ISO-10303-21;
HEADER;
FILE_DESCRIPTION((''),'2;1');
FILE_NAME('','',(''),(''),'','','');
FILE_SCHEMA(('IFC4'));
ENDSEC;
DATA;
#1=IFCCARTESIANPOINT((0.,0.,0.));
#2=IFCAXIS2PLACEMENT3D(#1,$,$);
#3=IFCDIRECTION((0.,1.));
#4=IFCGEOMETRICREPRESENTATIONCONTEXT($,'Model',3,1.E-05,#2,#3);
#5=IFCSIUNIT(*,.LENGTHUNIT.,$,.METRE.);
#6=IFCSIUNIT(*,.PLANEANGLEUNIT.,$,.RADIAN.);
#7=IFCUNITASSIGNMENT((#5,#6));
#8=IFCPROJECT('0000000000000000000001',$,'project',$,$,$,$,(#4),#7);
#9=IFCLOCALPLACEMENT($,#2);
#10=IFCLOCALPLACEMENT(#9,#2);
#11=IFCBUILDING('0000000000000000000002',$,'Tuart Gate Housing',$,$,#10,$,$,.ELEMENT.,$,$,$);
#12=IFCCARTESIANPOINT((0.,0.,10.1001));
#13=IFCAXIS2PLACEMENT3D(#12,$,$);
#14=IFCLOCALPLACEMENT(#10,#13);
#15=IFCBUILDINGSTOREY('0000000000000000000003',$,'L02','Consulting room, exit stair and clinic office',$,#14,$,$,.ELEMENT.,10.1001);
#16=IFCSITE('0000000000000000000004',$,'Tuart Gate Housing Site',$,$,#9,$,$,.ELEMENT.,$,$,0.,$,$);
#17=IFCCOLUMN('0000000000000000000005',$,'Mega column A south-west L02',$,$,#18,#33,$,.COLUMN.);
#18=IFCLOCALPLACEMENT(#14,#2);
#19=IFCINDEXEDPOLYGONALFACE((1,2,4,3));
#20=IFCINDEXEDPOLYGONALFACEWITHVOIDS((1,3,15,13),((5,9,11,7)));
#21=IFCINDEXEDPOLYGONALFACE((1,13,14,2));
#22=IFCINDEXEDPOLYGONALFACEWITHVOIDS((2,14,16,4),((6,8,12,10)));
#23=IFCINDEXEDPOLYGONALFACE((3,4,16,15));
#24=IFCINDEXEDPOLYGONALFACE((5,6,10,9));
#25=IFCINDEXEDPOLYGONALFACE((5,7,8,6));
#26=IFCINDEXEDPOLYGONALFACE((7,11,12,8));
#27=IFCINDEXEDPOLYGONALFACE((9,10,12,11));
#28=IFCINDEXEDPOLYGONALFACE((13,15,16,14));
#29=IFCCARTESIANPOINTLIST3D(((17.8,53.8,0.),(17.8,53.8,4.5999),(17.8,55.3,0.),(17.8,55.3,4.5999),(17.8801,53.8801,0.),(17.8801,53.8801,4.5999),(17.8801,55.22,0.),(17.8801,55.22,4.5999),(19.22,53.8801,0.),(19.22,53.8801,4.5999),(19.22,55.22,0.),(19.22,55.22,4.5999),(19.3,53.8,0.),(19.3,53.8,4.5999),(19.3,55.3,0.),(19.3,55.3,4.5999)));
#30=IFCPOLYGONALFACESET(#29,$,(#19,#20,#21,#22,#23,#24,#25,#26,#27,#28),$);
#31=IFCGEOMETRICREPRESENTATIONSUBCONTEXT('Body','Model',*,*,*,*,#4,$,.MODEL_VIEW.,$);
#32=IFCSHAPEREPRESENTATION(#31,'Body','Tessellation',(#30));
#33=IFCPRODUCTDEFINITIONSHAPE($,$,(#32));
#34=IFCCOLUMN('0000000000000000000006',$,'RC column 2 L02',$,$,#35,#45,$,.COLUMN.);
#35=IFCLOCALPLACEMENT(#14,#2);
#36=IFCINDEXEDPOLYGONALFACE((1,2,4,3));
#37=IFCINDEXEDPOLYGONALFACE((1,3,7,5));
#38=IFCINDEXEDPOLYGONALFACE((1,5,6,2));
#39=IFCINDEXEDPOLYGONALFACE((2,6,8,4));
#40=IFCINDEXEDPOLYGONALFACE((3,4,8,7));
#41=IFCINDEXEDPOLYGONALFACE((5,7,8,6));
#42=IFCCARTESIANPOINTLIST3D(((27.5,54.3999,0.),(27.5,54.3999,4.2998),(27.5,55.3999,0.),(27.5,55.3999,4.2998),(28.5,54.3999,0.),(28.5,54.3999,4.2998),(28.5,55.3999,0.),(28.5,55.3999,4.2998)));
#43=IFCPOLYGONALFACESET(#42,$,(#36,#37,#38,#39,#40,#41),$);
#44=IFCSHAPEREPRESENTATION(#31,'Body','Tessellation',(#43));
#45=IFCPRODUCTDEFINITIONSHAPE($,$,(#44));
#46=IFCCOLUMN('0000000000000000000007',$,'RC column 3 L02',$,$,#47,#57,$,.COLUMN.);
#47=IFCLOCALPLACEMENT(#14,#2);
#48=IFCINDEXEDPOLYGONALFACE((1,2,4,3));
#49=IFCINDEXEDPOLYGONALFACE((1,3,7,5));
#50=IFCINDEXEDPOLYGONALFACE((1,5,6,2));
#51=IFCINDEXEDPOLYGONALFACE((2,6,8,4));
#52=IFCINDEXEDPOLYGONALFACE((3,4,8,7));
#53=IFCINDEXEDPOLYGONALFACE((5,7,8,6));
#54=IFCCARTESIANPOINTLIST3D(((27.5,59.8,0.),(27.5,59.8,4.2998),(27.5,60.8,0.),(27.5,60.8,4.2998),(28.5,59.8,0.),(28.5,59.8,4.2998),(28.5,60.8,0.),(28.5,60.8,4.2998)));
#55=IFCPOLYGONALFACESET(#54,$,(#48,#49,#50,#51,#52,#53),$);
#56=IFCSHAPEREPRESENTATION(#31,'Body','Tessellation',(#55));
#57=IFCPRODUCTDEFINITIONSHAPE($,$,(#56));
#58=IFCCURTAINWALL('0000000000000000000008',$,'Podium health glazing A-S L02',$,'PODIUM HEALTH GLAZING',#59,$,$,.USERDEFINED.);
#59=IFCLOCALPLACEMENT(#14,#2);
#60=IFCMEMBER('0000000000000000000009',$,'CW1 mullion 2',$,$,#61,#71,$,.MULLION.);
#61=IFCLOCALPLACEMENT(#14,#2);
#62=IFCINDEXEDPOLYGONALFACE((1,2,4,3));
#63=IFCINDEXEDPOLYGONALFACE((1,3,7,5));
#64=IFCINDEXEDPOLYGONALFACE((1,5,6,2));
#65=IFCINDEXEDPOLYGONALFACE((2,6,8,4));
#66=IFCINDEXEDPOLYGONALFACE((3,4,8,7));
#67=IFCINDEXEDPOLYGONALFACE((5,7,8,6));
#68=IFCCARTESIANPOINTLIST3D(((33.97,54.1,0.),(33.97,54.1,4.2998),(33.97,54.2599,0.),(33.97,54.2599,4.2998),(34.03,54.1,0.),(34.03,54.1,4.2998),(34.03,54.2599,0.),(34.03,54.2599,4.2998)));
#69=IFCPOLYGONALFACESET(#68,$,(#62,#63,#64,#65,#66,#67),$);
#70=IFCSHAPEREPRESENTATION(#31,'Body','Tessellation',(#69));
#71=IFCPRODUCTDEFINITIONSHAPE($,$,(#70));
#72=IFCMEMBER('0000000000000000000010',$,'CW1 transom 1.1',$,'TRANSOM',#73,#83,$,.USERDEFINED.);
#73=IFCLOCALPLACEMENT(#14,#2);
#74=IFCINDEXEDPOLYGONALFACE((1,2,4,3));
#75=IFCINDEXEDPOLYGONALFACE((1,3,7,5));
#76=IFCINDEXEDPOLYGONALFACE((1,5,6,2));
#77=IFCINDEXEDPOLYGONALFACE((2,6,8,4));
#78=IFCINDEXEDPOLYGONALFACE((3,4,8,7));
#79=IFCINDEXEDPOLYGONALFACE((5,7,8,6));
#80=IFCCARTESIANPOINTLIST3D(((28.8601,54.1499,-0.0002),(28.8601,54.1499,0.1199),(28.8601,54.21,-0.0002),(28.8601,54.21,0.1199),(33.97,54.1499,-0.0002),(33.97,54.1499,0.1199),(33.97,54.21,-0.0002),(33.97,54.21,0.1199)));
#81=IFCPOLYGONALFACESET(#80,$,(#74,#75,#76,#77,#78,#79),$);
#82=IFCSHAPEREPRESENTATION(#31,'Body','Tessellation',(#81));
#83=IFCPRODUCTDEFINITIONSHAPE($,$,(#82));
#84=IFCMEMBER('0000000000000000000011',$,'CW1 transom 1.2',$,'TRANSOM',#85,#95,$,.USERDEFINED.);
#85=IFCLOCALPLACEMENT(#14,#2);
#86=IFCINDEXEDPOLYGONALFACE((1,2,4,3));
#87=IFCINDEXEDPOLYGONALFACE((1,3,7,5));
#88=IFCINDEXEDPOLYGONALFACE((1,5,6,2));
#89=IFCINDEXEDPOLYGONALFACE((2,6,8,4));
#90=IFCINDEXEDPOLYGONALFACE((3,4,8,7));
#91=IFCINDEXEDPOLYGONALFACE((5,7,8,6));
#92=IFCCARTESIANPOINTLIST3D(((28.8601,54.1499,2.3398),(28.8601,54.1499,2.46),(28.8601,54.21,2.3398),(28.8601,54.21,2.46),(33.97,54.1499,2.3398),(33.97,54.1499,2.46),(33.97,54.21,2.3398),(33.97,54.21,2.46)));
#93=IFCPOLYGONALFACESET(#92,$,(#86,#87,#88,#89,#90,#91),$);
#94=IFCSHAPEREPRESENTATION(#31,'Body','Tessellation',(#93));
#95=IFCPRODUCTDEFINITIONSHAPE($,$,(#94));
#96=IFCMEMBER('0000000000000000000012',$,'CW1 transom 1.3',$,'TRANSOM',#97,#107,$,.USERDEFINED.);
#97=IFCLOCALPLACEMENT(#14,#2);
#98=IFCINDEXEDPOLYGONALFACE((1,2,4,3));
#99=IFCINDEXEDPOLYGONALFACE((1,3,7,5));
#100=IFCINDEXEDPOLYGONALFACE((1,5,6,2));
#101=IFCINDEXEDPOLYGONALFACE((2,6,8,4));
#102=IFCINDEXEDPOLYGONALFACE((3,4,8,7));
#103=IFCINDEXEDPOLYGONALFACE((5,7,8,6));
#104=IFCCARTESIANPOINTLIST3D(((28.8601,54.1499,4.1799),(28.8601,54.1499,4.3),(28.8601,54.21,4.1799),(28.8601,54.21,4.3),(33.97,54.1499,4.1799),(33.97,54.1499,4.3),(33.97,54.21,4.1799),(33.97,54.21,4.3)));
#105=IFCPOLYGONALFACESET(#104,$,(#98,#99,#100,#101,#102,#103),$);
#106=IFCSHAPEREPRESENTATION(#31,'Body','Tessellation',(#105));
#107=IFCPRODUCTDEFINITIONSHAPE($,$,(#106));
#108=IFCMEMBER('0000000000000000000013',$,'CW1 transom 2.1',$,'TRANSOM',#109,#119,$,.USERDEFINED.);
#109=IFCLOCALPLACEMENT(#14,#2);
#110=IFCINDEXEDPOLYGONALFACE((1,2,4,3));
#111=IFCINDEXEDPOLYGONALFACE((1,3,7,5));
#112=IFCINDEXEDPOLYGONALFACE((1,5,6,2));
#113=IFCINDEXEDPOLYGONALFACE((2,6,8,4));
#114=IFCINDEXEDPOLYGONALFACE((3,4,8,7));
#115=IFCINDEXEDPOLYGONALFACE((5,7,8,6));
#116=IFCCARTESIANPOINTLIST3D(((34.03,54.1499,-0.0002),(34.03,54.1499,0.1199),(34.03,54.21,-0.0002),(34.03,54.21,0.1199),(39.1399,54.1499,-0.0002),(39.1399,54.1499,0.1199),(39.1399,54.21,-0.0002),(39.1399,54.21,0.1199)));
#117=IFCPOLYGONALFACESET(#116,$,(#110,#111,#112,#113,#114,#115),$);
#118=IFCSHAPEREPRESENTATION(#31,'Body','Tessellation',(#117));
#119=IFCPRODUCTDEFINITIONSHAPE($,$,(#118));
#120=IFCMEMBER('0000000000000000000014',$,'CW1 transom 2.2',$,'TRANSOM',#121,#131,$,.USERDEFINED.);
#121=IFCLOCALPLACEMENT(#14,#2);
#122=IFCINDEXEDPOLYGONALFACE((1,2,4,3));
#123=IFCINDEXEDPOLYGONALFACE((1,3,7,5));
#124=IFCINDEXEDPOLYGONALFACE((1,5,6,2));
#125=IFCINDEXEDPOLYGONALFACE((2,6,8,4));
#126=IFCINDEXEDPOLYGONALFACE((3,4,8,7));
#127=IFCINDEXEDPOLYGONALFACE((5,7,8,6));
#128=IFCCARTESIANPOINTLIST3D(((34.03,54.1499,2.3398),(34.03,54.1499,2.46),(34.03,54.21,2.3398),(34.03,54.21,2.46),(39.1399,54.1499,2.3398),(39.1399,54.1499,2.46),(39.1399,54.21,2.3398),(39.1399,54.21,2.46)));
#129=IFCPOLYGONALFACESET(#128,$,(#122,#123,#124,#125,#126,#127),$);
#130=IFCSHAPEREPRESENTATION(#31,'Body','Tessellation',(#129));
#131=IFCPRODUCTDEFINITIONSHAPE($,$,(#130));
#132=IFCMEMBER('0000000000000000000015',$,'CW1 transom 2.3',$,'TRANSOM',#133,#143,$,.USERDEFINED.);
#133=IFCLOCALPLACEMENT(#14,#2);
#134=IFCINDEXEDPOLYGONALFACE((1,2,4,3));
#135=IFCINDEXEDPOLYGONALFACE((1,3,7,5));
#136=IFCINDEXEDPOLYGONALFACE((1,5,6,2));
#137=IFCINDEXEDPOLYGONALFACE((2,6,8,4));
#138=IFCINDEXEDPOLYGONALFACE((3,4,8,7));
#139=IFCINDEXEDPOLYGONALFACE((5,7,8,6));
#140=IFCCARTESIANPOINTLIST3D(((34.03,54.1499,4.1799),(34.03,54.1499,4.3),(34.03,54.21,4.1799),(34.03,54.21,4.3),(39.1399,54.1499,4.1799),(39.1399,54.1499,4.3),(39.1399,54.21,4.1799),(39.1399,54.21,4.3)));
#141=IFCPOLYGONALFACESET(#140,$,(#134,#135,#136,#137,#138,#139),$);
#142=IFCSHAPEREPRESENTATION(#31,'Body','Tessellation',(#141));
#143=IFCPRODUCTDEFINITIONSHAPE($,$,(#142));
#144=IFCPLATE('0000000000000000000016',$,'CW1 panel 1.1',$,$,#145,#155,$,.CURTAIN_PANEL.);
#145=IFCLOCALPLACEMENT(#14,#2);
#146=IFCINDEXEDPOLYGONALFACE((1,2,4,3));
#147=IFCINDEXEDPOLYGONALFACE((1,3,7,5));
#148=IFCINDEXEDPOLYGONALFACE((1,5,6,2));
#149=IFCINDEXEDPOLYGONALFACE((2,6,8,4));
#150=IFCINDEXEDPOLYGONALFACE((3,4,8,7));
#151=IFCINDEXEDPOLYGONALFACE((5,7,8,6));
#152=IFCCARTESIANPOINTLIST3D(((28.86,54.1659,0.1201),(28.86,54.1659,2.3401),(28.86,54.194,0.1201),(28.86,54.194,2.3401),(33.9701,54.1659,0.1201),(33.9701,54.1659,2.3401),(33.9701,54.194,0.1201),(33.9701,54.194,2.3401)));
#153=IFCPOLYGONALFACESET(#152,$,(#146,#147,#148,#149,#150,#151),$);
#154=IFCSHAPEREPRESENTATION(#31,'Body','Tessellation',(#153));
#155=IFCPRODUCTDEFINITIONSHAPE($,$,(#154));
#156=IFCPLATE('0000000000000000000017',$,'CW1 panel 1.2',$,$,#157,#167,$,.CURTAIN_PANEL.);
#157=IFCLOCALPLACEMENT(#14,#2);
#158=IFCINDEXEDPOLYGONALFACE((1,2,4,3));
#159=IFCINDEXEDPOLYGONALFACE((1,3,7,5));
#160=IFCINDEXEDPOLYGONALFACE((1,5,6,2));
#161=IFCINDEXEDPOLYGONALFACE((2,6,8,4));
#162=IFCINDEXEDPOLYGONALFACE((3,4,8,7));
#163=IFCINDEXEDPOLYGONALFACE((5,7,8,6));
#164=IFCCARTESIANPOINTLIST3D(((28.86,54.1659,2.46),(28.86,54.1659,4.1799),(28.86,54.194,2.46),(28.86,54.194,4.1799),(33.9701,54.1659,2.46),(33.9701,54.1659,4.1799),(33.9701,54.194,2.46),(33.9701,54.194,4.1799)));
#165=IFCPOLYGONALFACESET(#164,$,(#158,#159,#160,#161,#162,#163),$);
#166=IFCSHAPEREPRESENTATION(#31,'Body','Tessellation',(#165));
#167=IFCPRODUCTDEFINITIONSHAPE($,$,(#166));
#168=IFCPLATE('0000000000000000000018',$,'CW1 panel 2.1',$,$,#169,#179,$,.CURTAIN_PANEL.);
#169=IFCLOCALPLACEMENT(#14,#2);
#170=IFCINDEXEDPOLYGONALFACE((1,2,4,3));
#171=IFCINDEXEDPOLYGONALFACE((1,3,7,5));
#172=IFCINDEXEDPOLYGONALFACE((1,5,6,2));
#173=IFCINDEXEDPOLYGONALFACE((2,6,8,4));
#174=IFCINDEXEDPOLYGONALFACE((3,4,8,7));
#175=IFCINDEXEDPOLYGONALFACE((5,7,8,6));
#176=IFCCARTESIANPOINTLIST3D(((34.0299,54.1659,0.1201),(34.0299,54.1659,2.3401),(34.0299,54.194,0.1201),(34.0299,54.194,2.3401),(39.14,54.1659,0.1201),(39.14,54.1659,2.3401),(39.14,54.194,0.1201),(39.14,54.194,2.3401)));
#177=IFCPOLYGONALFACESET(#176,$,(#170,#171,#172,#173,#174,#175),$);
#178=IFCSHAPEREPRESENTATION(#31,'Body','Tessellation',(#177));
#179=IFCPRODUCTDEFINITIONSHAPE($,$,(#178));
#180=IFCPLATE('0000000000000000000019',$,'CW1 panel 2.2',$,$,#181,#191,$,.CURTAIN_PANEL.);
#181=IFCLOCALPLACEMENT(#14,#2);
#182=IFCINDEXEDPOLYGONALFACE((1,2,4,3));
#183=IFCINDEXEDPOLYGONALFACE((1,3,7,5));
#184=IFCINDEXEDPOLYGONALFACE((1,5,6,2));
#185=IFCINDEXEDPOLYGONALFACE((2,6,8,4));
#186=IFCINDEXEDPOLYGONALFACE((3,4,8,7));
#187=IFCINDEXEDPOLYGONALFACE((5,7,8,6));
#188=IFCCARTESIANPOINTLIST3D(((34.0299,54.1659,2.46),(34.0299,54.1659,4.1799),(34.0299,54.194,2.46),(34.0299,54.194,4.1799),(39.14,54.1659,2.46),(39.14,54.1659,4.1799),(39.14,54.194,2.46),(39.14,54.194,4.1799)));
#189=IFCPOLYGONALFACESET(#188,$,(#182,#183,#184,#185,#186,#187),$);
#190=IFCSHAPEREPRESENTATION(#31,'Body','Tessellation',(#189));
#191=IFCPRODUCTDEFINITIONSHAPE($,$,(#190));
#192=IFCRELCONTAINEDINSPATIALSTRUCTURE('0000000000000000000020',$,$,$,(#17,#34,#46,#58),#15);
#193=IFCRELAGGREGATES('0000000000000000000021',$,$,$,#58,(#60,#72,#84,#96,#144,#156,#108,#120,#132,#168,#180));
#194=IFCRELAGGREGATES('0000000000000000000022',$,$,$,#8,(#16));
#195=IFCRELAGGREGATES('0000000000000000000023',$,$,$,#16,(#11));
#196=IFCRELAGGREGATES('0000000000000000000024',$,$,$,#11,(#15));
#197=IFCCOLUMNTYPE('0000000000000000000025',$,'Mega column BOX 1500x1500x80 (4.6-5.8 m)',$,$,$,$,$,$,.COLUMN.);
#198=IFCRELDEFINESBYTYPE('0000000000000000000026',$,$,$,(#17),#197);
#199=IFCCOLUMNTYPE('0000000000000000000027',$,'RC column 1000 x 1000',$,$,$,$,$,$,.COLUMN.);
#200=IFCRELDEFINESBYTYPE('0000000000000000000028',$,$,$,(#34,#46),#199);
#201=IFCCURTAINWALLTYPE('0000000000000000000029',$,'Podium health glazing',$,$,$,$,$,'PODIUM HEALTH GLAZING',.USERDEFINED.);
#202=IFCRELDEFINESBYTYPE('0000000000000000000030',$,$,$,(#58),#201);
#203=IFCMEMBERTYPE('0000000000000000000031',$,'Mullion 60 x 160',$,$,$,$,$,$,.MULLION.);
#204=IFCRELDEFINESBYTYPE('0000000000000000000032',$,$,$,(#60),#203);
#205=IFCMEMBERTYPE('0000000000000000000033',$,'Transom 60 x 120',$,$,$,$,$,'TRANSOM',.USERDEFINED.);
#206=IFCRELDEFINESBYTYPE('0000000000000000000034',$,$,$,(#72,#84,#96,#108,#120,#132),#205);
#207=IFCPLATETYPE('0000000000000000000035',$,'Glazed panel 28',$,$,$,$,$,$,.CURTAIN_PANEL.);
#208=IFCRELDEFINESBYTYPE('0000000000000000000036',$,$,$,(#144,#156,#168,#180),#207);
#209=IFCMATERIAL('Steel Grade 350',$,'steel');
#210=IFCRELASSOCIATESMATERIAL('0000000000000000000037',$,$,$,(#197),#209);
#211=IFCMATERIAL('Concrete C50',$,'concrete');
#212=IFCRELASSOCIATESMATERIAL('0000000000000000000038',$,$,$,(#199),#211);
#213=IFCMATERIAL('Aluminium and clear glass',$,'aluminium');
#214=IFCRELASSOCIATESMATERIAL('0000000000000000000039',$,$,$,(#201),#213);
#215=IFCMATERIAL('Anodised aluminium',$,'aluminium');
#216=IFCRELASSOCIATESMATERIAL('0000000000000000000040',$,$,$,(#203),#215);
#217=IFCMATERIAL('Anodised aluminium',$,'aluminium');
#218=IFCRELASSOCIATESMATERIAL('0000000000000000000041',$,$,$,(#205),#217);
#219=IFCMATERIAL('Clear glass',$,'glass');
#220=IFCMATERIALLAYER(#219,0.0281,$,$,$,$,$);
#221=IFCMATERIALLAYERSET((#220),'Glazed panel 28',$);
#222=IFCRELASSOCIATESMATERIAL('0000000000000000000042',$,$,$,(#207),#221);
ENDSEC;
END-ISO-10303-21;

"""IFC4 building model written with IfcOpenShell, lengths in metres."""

from ifc_helpers import new_model, si_unit, direction, frame, origin, origin_2d, place, context, subcontext, project, spatial, rectangle, hollow_rectangle, extrude, material, layer, layer_set, material_profile, profile_set, type_object, element, aggregate, save


model = new_model("IFC4")

# Units and contexts
model_context = context("Model", 3, precision=1e-05, world=origin(), true_north=direction((0.0, 1.0)))
body_context = subcontext(model_context, "Body", "Model", "MODEL_VIEW")
ifc_project = project(units=[si_unit("LENGTHUNIT", "METRE"), si_unit("PLANEANGLEUNIT", "RADIAN")], contexts=[model_context])

# Site, building, storey
site_placement = place(None, origin())
site = spatial("IfcSite", under=ifc_project, at=site_placement, Name="Tuart Gate Housing Site", CompositionType="ELEMENT", RefElevation=0.0)
building_placement = place(site_placement, origin())
building = spatial("IfcBuilding", under=site, at=building_placement, Name="Tuart Gate Housing", CompositionType="ELEMENT")
storey_placement = place(building_placement, frame((0.0, 0.0, 10.1001)))
storey = spatial("IfcBuildingStorey", under=building, at=storey_placement, Name="L02", Description="Consulting room, exit stair and clinic office", CompositionType="ELEMENT", Elevation=10.1001)

# Columns
ifc_material_1 = material(Name="Steel Grade 350", Category="steel")
ifc_material_profile_1 = material_profile(ifc_material_1, hollow_rectangle(XDim=1.5, YDim=1.5, WallThickness=0.0801, at=origin_2d()), Name="BOX 1500x1500x80")
ifc_profile_set_1 = profile_set([ifc_material_profile_1], Name="Steel Grade 350")
column_type_1 = type_object("IfcColumnType", Name="Mega column BOX 1500x1500x80 (4.6-5.8 m)", PredefinedType="COLUMN", material=ifc_profile_set_1)
column_placement = place(storey_placement, frame((18.55, 54.55, 0.0), z_axis=(0.0, 0.0, 1.0), x_axis=(1.0, 0.0, 0.0)))
element("IfcColumn", 1, at=column_placement, inside=storey, type_object=column_type_1, Name="Mega column A south-west L02", PredefinedType="COLUMN", context=body_context, shape_type="SweptSolid", body=[
    extrude(hollow_rectangle(XDim=1.5, YDim=1.5, WallThickness=0.0801, at=origin_2d()), origin(), (0.0, 0.0, 1.0), 4.5999),
])
ifc_material_2 = material(Name="Concrete C50", Category="concrete")
ifc_material_profile_2 = material_profile(ifc_material_2, rectangle(XDim=1.0, YDim=1.0, at=origin_2d()), Name="RC column 1000 x 1000")
ifc_profile_set_2 = profile_set([ifc_material_profile_2], Name="Concrete C50")
column_type_2 = type_object("IfcColumnType", Name="RC column 1000 x 1000", PredefinedType="COLUMN", material=ifc_profile_set_2)
for number, where, z_axis, x_axis, name in (
    (2, (28.0, 54.8999, 0.0), (0.0, 0.0, 1.0), (1.0, 0.0, 0.0), "RC column 2 L02"),
    (3, (28.0, 60.3, 0.0), (0.0, 0.0, 1.0), (1.0, 0.0, 0.0), "RC column 3 L02"),
):
    element("IfcColumn", number, at=place(storey_placement, frame(where, z_axis=z_axis, x_axis=x_axis)), inside=storey, type_object=column_type_2, Name=name, PredefinedType="COLUMN", context=body_context, shape_type="SweptSolid", body=[
        extrude(rectangle(XDim=1.0, YDim=1.0, at=origin_2d()), origin(), (0.0, 0.0, 1.0), 4.2998),
    ])

# Curtain wall, members, plates
ifc_material_3 = material(Name="Aluminium and clear glass", Category="aluminium")
curtain_wall_type = type_object("IfcCurtainWallType", Name="Podium health glazing", ElementType="PODIUM HEALTH GLAZING", PredefinedType="USERDEFINED", material=ifc_material_3)
curtain_wall_placement = place(storey_placement, origin())
curtain_wall = element("IfcCurtainWall", 4, at=curtain_wall_placement, inside=storey, type_object=curtain_wall_type, Name="Podium health glazing A-S L02", ObjectType="PODIUM HEALTH GLAZING", PredefinedType="USERDEFINED")
ifc_material_4 = material(Name="Anodised aluminium", Category="aluminium")
ifc_material_profile_3 = material_profile(ifc_material_4, rectangle(XDim=0.0601, YDim=0.1599, at=origin_2d()), Name="60x160")
ifc_profile_set_3 = profile_set([ifc_material_profile_3], Name="Anodised aluminium")
member_type_1 = type_object("IfcMemberType", Name="Mullion 60 x 160", PredefinedType="MULLION", material=ifc_profile_set_3)
member_1_placement = place(storey_placement, frame((34.0, 54.1799, 0.0), z_axis=(0.0, 0.0, 1.0), x_axis=(1.0, 0.0, 0.0)))
member_1 = element("IfcMember", 5, at=member_1_placement, type_object=member_type_1, Name="CW1 mullion 2", PredefinedType="MULLION", context=body_context, shape_type="SweptSolid", body=[
    extrude(rectangle(XDim=0.0601, YDim=0.1599, at=origin_2d()), origin(), (0.0, 0.0, 1.0), 4.2998),
])
ifc_material_5 = material(Name="Anodised aluminium", Category="aluminium")
ifc_material_profile_4 = material_profile(ifc_material_5, rectangle(XDim=0.0601, YDim=0.1201, at=origin_2d()), Name="60x120")
ifc_profile_set_4 = profile_set([ifc_material_profile_4], Name="Anodised aluminium")
member_type_2 = type_object("IfcMemberType", Name="Transom 60 x 120", ElementType="TRANSOM", PredefinedType="USERDEFINED", material=ifc_profile_set_4)
member_2_placement = place(storey_placement, frame((28.8601, 54.1799, 0.0598), z_axis=(1.0, 0.0, 0.0), x_axis=(0.0, 1.0, 0.0)))
member_2 = element("IfcMember", 6, at=member_2_placement, type_object=member_type_2, Name="CW1 transom 1.1", ObjectType="TRANSOM", PredefinedType="USERDEFINED", context=body_context, shape_type="SweptSolid", body=[
    extrude(rectangle(XDim=0.0601, YDim=0.1201, at=origin_2d()), origin(), (0.0, 0.0, 1.0), 5.1099),
])
member_3_placement = place(storey_placement, frame((28.8601, 54.1799, 2.3999), z_axis=(1.0, 0.0, 0.0), x_axis=(0.0, 1.0, 0.0)))
member_3 = element("IfcMember", 7, at=member_3_placement, type_object=member_type_2, Name="CW1 transom 1.2", ObjectType="TRANSOM", PredefinedType="USERDEFINED", context=body_context, shape_type="SweptSolid", body=[
    extrude(rectangle(XDim=0.0601, YDim=0.1201, at=origin_2d()), origin(), (0.0, 0.0, 1.0), 5.1099),
])
member_4_placement = place(storey_placement, frame((28.8601, 54.1799, 4.24), z_axis=(1.0, 0.0, 0.0), x_axis=(0.0, 1.0, 0.0)))
member_4 = element("IfcMember", 8, at=member_4_placement, type_object=member_type_2, Name="CW1 transom 1.3", ObjectType="TRANSOM", PredefinedType="USERDEFINED", context=body_context, shape_type="SweptSolid", body=[
    extrude(rectangle(XDim=0.0601, YDim=0.1201, at=origin_2d()), origin(), (0.0, 0.0, 1.0), 5.1099),
])
member_5_placement = place(storey_placement, frame((34.03, 54.1799, 0.0598), z_axis=(1.0, 0.0, 0.0), x_axis=(0.0, 1.0, 0.0)))
member_5 = element("IfcMember", 9, at=member_5_placement, type_object=member_type_2, Name="CW1 transom 2.1", ObjectType="TRANSOM", PredefinedType="USERDEFINED", context=body_context, shape_type="SweptSolid", body=[
    extrude(rectangle(XDim=0.0601, YDim=0.1201, at=origin_2d()), origin(), (0.0, 0.0, 1.0), 5.1099),
])
member_6_placement = place(storey_placement, frame((34.03, 54.1799, 2.3999), z_axis=(1.0, 0.0, 0.0), x_axis=(0.0, 1.0, 0.0)))
member_6 = element("IfcMember", 10, at=member_6_placement, type_object=member_type_2, Name="CW1 transom 2.2", ObjectType="TRANSOM", PredefinedType="USERDEFINED", context=body_context, shape_type="SweptSolid", body=[
    extrude(rectangle(XDim=0.0601, YDim=0.1201, at=origin_2d()), origin(), (0.0, 0.0, 1.0), 5.1099),
])
member_7_placement = place(storey_placement, frame((34.03, 54.1799, 4.24), z_axis=(1.0, 0.0, 0.0), x_axis=(0.0, 1.0, 0.0)))
member_7 = element("IfcMember", 11, at=member_7_placement, type_object=member_type_2, Name="CW1 transom 2.3", ObjectType="TRANSOM", PredefinedType="USERDEFINED", context=body_context, shape_type="SweptSolid", body=[
    extrude(rectangle(XDim=0.0601, YDim=0.1201, at=origin_2d()), origin(), (0.0, 0.0, 1.0), 5.1099),
])
ifc_material_6 = material(Name="Clear glass", Category="glass")
ifc_layer_1 = layer(ifc_material_6, 0.0281)
ifc_layer_set_1 = layer_set([ifc_layer_1], Name="Glazed panel 28")
plate_type = type_object("IfcPlateType", Name="Glazed panel 28", PredefinedType="CURTAIN_PANEL", material=ifc_layer_set_1)
plate_1_placement = place(storey_placement, frame((31.415, 54.1799, 0.1201), z_axis=(0.0, 0.0, 1.0), x_axis=(1.0, 0.0, 0.0)))
plate_1 = element("IfcPlate", 12, at=plate_1_placement, type_object=plate_type, Name="CW1 panel 1.1", PredefinedType="CURTAIN_PANEL", context=body_context, shape_type="SweptSolid", body=[
    extrude(rectangle(XDim=5.1101, YDim=0.0281, at=origin_2d()), origin(), (0.0, 0.0, 1.0), 2.22),
])
plate_2_placement = place(storey_placement, frame((31.415, 54.1799, 2.46), z_axis=(0.0, 0.0, 1.0), x_axis=(1.0, 0.0, 0.0)))
plate_2 = element("IfcPlate", 13, at=plate_2_placement, type_object=plate_type, Name="CW1 panel 1.2", PredefinedType="CURTAIN_PANEL", context=body_context, shape_type="SweptSolid", body=[
    extrude(rectangle(XDim=5.1101, YDim=0.0281, at=origin_2d()), origin(), (0.0, 0.0, 1.0), 1.72),
])
plate_3_placement = place(storey_placement, frame((36.585, 54.1799, 0.1201), z_axis=(0.0, 0.0, 1.0), x_axis=(1.0, 0.0, 0.0)))
plate_3 = element("IfcPlate", 14, at=plate_3_placement, type_object=plate_type, Name="CW1 panel 2.1", PredefinedType="CURTAIN_PANEL", context=body_context, shape_type="SweptSolid", body=[
    extrude(rectangle(XDim=5.1101, YDim=0.0281, at=origin_2d()), origin(), (0.0, 0.0, 1.0), 2.22),
])
plate_4_placement = place(storey_placement, frame((36.585, 54.1799, 2.46), z_axis=(0.0, 0.0, 1.0), x_axis=(1.0, 0.0, 0.0)))
plate_4 = element("IfcPlate", 15, at=plate_4_placement, type_object=plate_type, Name="CW1 panel 2.2", PredefinedType="CURTAIN_PANEL", context=body_context, shape_type="SweptSolid", body=[
    extrude(rectangle(XDim=5.1101, YDim=0.0281, at=origin_2d()), origin(), (0.0, 0.0, 1.0), 1.72),
])
aggregate(curtain_wall, [member_1, member_2, member_3, member_4, plate_1, plate_2, member_5, member_6, member_7, plate_3, plate_4])

save(model, "model.ifc")
